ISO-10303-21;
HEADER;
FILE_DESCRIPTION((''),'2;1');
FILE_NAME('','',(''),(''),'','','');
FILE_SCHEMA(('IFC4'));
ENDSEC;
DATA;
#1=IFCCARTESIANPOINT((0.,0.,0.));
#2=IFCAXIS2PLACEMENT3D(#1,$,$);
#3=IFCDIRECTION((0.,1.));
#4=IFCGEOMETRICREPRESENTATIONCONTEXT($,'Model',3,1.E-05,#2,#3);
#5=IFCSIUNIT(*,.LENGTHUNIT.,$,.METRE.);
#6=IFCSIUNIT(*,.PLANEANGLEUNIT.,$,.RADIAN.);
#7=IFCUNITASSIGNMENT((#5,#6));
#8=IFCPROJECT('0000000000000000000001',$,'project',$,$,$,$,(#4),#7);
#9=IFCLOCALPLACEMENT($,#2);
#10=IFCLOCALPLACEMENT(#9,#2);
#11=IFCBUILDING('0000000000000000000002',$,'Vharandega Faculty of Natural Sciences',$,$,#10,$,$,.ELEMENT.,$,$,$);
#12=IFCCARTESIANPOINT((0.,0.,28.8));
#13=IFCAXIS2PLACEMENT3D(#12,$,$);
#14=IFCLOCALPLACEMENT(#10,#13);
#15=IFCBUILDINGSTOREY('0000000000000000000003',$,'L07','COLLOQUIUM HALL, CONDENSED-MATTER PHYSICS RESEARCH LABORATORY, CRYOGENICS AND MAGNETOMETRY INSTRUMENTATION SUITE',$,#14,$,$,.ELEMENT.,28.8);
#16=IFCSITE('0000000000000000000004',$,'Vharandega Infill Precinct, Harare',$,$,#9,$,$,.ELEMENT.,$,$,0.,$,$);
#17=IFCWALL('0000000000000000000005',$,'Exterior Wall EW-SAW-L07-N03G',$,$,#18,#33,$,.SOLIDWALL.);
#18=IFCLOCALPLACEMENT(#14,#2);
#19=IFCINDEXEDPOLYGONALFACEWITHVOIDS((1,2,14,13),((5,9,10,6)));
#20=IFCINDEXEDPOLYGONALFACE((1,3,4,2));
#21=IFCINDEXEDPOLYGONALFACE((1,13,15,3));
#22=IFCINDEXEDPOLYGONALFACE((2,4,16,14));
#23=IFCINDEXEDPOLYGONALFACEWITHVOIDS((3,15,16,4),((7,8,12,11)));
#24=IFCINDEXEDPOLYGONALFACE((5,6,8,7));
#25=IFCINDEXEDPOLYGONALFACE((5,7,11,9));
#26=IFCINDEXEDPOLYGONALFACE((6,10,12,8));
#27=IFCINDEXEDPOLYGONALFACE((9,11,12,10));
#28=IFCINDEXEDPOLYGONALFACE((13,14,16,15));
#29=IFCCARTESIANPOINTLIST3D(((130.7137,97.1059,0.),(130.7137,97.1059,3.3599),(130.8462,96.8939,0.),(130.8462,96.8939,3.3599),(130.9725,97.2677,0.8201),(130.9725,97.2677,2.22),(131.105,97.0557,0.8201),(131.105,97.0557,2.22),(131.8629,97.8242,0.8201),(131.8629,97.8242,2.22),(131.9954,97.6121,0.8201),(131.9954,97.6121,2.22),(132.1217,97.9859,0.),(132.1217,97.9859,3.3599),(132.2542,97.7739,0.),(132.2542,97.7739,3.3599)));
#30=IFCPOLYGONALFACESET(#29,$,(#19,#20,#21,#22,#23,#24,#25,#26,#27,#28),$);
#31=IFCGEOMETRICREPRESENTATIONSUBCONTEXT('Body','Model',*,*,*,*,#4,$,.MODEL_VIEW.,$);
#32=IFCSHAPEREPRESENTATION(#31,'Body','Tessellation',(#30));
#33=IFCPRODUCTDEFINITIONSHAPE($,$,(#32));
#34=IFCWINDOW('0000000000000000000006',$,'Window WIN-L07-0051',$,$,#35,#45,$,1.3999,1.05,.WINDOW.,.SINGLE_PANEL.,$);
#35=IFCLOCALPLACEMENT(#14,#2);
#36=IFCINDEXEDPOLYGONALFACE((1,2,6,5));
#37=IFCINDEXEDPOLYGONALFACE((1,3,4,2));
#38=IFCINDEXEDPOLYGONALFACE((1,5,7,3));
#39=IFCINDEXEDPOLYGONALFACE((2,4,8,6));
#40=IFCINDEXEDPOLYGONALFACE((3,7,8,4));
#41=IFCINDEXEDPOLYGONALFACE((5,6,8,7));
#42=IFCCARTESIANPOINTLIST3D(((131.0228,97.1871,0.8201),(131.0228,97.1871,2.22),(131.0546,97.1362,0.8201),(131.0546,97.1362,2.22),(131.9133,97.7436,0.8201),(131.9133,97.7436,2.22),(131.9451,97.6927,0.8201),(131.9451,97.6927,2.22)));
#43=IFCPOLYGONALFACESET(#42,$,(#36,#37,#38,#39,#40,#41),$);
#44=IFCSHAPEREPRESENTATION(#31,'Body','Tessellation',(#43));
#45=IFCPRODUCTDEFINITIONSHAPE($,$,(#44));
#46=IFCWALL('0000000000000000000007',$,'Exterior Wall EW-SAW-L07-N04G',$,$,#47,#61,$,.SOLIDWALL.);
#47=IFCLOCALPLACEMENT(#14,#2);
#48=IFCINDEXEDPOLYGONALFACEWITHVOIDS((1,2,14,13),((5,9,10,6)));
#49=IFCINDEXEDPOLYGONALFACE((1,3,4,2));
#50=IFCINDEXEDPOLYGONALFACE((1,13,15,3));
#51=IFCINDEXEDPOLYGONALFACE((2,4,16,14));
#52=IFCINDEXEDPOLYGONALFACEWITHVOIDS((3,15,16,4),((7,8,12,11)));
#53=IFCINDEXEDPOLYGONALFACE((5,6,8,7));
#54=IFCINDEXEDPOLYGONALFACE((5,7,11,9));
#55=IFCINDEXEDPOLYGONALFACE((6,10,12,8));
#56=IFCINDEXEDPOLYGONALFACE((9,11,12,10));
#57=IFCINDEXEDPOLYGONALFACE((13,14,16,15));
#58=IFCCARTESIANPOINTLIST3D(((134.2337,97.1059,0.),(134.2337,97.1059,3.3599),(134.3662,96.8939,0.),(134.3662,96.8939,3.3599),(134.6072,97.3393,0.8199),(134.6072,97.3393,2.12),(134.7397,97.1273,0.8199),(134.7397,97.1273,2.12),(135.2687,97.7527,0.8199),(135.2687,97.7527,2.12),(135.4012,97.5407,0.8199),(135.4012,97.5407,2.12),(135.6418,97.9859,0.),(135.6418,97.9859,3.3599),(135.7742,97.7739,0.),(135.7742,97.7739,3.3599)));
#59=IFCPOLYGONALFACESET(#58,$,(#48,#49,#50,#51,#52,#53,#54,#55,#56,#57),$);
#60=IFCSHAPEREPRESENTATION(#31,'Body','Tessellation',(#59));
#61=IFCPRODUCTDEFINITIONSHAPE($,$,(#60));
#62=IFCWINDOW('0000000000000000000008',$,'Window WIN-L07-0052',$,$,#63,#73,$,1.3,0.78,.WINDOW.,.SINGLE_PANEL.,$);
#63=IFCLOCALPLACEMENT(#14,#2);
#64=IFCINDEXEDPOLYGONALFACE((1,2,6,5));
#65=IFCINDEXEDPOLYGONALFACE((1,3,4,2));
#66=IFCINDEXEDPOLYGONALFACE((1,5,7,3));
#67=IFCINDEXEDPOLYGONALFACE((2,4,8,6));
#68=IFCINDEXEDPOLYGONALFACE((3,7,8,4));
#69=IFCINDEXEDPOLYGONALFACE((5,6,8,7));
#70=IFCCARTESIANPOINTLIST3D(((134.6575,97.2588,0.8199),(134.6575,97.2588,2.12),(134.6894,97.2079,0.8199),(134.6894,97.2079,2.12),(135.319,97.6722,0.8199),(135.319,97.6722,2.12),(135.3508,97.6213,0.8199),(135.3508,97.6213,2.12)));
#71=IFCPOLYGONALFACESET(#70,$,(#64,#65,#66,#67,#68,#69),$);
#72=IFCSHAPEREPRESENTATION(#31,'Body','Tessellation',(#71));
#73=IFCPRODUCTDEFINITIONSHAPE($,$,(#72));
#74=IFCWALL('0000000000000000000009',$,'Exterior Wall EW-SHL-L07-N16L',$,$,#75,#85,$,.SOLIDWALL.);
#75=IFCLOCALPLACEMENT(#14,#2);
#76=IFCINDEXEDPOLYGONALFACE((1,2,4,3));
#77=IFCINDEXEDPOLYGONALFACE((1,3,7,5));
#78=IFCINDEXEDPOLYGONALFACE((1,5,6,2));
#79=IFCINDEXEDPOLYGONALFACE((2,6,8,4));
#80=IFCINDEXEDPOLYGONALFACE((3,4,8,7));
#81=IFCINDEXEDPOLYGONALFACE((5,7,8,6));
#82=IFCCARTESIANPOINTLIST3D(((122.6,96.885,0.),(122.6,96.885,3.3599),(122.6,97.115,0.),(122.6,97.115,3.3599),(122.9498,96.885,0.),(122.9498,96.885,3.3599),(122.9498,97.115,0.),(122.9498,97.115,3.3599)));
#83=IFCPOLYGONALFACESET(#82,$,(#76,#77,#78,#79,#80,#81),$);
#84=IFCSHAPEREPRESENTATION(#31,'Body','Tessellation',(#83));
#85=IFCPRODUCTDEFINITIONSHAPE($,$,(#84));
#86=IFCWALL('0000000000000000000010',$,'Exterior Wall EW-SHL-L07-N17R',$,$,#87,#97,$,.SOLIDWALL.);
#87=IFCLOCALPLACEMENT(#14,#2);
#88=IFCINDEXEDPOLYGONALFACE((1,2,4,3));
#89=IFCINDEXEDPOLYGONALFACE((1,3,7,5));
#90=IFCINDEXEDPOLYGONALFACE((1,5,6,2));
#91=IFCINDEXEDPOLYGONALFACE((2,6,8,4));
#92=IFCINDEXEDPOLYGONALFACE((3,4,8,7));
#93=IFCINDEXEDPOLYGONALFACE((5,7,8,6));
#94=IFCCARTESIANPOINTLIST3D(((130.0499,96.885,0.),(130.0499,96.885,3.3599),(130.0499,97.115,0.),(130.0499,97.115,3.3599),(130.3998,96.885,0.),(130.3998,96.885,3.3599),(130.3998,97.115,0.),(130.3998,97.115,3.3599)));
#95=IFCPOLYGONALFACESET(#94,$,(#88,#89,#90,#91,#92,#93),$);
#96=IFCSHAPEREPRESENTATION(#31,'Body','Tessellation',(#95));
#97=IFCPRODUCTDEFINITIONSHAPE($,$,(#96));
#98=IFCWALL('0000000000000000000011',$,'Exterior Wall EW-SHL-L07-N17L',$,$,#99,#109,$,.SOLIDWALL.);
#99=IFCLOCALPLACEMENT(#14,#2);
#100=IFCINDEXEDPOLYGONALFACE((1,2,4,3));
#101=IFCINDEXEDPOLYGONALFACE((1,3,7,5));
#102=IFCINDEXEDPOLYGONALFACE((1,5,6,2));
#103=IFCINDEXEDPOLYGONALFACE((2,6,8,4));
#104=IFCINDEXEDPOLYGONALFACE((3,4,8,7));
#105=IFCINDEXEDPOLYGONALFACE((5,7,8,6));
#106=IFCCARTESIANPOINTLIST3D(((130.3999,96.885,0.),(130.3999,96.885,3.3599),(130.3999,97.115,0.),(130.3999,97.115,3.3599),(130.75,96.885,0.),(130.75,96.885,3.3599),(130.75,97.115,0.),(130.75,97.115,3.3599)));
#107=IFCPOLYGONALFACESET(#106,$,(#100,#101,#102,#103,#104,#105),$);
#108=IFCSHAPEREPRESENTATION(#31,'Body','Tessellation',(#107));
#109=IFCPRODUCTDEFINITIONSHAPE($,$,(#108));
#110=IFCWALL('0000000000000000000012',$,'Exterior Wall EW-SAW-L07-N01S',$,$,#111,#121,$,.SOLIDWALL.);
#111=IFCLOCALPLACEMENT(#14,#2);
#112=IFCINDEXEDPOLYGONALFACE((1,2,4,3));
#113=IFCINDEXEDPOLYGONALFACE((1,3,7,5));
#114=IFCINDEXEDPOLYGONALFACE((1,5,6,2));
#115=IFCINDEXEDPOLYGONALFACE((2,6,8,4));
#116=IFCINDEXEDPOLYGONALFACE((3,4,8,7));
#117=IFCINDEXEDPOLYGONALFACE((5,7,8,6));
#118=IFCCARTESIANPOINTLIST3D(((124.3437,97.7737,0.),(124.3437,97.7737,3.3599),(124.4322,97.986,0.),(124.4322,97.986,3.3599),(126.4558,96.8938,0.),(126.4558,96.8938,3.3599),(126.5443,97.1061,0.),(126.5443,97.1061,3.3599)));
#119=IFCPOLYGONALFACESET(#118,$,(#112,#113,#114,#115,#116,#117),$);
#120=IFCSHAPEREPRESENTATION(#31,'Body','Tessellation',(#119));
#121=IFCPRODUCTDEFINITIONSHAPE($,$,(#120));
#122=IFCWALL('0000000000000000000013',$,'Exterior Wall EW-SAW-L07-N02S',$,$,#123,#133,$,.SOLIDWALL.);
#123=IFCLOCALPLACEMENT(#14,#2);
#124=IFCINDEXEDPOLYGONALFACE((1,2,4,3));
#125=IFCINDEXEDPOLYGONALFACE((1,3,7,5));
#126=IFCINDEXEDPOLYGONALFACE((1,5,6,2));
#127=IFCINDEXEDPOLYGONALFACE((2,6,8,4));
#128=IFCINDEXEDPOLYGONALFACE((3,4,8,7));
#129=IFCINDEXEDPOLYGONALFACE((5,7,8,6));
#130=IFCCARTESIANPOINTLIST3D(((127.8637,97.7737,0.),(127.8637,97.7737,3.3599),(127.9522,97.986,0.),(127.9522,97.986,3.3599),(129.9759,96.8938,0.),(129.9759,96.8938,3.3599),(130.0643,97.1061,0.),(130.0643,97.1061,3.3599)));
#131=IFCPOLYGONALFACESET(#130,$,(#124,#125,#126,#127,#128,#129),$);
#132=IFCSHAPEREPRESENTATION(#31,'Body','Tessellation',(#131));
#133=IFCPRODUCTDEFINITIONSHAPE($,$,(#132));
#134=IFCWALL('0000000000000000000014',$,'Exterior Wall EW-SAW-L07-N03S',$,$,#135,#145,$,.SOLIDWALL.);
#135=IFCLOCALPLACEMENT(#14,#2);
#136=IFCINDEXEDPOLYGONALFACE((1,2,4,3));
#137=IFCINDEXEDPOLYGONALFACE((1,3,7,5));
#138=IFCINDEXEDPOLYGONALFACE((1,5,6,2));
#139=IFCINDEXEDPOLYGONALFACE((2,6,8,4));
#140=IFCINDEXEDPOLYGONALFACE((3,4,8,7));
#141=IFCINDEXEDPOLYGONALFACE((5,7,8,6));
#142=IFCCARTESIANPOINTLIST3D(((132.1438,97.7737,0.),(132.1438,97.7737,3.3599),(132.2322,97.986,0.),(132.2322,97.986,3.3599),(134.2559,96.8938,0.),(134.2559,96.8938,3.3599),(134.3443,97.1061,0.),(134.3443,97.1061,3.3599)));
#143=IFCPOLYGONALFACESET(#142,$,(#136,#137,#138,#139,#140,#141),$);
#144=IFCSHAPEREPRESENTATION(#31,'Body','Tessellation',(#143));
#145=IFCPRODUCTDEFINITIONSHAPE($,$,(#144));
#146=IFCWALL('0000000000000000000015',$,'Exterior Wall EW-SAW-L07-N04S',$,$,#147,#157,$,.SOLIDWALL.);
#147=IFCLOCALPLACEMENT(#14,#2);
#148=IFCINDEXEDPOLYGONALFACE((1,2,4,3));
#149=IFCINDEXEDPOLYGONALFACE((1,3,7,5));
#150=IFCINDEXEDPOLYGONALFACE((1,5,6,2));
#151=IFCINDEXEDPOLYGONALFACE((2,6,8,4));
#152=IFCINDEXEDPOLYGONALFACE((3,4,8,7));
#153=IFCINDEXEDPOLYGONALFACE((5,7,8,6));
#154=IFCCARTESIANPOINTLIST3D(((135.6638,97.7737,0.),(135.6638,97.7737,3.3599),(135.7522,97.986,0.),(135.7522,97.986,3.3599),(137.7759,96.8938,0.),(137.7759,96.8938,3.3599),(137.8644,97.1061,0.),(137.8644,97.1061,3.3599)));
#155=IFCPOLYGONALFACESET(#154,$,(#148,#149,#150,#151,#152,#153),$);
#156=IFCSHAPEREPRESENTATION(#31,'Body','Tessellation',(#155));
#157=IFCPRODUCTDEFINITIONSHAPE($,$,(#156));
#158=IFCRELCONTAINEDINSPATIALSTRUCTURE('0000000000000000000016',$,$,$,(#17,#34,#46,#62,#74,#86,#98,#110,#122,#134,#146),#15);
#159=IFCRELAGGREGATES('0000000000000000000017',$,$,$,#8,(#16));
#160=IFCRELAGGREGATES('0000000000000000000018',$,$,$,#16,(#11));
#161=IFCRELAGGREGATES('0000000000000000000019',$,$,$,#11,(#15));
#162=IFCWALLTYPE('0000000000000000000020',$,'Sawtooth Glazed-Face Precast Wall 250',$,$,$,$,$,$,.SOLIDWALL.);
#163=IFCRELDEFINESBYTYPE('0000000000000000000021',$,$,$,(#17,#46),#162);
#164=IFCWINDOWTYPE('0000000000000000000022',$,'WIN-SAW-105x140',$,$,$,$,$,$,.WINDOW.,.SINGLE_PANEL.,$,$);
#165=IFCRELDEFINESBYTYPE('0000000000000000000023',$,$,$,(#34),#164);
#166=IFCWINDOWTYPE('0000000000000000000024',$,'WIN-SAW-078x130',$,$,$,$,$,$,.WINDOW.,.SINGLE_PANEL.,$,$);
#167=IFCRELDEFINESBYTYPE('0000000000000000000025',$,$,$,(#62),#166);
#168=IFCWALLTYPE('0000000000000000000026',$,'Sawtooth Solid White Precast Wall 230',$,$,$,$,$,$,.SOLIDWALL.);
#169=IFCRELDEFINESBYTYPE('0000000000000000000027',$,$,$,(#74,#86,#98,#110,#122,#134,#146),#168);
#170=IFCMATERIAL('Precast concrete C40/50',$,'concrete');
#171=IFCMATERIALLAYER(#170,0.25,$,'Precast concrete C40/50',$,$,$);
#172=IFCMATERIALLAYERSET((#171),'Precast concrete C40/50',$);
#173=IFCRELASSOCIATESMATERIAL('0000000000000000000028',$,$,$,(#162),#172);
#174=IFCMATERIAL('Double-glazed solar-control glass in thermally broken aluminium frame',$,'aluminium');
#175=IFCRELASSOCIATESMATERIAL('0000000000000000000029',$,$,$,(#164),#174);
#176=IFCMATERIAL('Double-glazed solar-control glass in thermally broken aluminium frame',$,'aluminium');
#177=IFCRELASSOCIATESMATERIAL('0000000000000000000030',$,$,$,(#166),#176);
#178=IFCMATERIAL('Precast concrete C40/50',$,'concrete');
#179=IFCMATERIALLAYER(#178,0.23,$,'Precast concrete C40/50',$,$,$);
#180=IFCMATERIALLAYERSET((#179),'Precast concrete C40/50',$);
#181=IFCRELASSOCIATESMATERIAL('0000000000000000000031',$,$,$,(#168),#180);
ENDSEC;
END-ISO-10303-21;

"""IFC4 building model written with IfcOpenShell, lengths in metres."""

from ifc_helpers import new_model, si_unit, direction, frame, frame_2d, origin, place, context, subcontext, project, spatial, rectangle, extrude, material, layer, layer_set, type_object, element, fill, save


model = new_model("IFC4")

# Units and contexts
model_context = context("Model", 3, precision=1e-05, world=origin(), true_north=direction((0.0, 1.0)))
body_context = subcontext(model_context, "Body", "Model", "MODEL_VIEW")
ifc_project = project(units=[si_unit("LENGTHUNIT", "METRE"), si_unit("PLANEANGLEUNIT", "RADIAN")], contexts=[model_context])

# Site, building, storey
site_placement = place(None, origin())
site = spatial("IfcSite", under=ifc_project, at=site_placement, Name="Vharandega Infill Precinct, Harare", CompositionType="ELEMENT", RefElevation=0.0)
building_placement = place(site_placement, origin())
building = spatial("IfcBuilding", under=site, at=building_placement, Name="Vharandega Faculty of Natural Sciences", CompositionType="ELEMENT")
storey_placement = place(building_placement, frame((0.0, 0.0, 28.8)))
storey = spatial("IfcBuildingStorey", under=building, at=storey_placement, Name="L07", Description="COLLOQUIUM HALL, CONDENSED-MATTER PHYSICS RESEARCH LABORATORY, CRYOGENICS AND MAGNETOMETRY INSTRUMENTATION SUITE", CompositionType="ELEMENT", Elevation=28.8)

# Walls, openings, windows
ifc_material_1 = material(Name="Precast concrete C40/50", Category="concrete")
ifc_layer_1 = layer(ifc_material_1, 0.25, Name="Precast concrete C40/50")
ifc_layer_set_1 = layer_set([ifc_layer_1], Name="Precast concrete C40/50")
wall_type_1 = type_object("IfcWallType", Name="Sawtooth Glazed-Face Precast Wall 250", PredefinedType="SOLIDWALL", material=ifc_layer_set_1)
wall_1_placement = place(storey_placement, frame((130.78, 97.0, 0.0), z_axis=(0.0, 0.0, 1.0), x_axis=(0.848023, 0.529959, 0.0)))
wall_1 = element("IfcWall", 1, at=wall_1_placement, inside=storey, type_object=wall_type_1, Name="Exterior Wall EW-SAW-L07-N03G", PredefinedType="SOLIDWALL", context=body_context, shape_type="SweptSolid", body=[
    extrude(rectangle(XDim=1.6604, YDim=0.25, at=frame_2d((0.8301, 0.0))), origin(), (0.0, 0.0, 1.0), 3.3599),
])
opening_1_placement = place(wall_1_placement, frame((0.3052, 0.0, 0.8201)))
opening_1 = element("IfcOpeningElement", 2, at=opening_1_placement, cuts=wall_1, PredefinedType="OPENING", context=body_context, shape_type="SweptSolid", body=[
    extrude(rectangle(XDim=1.05, YDim=1.3999, at=frame_2d((0.5249, 0.7))), frame((0.0, 0.135, 0.0), z_axis=(0.0, -1.0, 0.0), x_axis=(1.0, 0.0, 0.0)), (0.0, 0.0, 1.0), 0.27),
])
ifc_material_2 = material(Name="Double-glazed solar-control glass in thermally broken aluminium frame", Category="aluminium")
window_type_1 = type_object("IfcWindowType", Name="WIN-SAW-105x140", PartitioningType="SINGLE_PANEL", PredefinedType="WINDOW", material=ifc_material_2)
window_1_placement = place(opening_1_placement, origin())
window_1 = element("IfcWindow", 3, at=window_1_placement, inside=storey, type_object=window_type_1, Name="Window WIN-L07-0051", OverallHeight=1.3999, OverallWidth=1.05, PartitioningType="SINGLE_PANEL", PredefinedType="WINDOW", context=body_context, shape_type="SweptSolid", body=[
    extrude(rectangle(XDim=1.05, YDim=1.3999, at=frame_2d((0.5249, 0.7))), frame((0.0, 0.03, 0.0), z_axis=(0.0, -1.0, 0.0), x_axis=(1.0, 0.0, 0.0)), (0.0, 0.0, 1.0), 0.0601),
])
fill(opening_1, window_1)
wall_2_placement = place(storey_placement, frame((134.3, 97.0, 0.0), z_axis=(0.0, 0.0, 1.0), x_axis=(0.848023, 0.529959, 0.0)))
wall_2 = element("IfcWall", 4, at=wall_2_placement, inside=storey, type_object=wall_type_1, Name="Exterior Wall EW-SAW-L07-N04G", PredefinedType="SOLIDWALL", context=body_context, shape_type="SweptSolid", body=[
    extrude(rectangle(XDim=1.6604, YDim=0.25, at=frame_2d((0.8301, 0.0))), origin(), (0.0, 0.0, 1.0), 3.3599),
])
opening_2_placement = place(wall_2_placement, frame((0.4402, 0.0, 0.8201)))
opening_2 = element("IfcOpeningElement", 5, at=opening_2_placement, cuts=wall_2, PredefinedType="OPENING", context=body_context, shape_type="SweptSolid", body=[
    extrude(rectangle(XDim=0.78, YDim=1.3, at=frame_2d((0.3901, 0.6499))), frame((0.0, 0.135, 0.0), z_axis=(0.0, -1.0, 0.0), x_axis=(1.0, 0.0, 0.0)), (0.0, 0.0, 1.0), 0.27),
])
ifc_material_3 = material(Name="Double-glazed solar-control glass in thermally broken aluminium frame", Category="aluminium")
window_type_2 = type_object("IfcWindowType", Name="WIN-SAW-078x130", PartitioningType="SINGLE_PANEL", PredefinedType="WINDOW", material=ifc_material_3)
window_2_placement = place(opening_2_placement, origin())
window_2 = element("IfcWindow", 6, at=window_2_placement, inside=storey, type_object=window_type_2, Name="Window WIN-L07-0052", OverallHeight=1.3, OverallWidth=0.78, PartitioningType="SINGLE_PANEL", PredefinedType="WINDOW", context=body_context, shape_type="SweptSolid", body=[
    extrude(rectangle(XDim=0.78, YDim=1.3, at=frame_2d((0.3901, 0.6499))), frame((0.0, 0.03, 0.0), z_axis=(0.0, -1.0, 0.0), x_axis=(1.0, 0.0, 0.0)), (0.0, 0.0, 1.0), 0.0601),
])
fill(opening_2, window_2)

# Walls
ifc_material_4 = material(Name="Precast concrete C40/50", Category="concrete")
ifc_layer_2 = layer(ifc_material_4, 0.23, Name="Precast concrete C40/50")
ifc_layer_set_2 = layer_set([ifc_layer_2], Name="Precast concrete C40/50")
wall_type_2 = type_object("IfcWallType", Name="Sawtooth Solid White Precast Wall 230", PredefinedType="SOLIDWALL", material=ifc_layer_set_2)
for number, where, z_axis, x_axis, name in (
    (7, (122.6001, 97.0, 0.0), (0.0, 0.0, 1.0), (1.0, 0.0, 0.0), "Exterior Wall EW-SHL-L07-N16L"),
    (8, (130.05, 97.0, 0.0), (0.0, 0.0, 1.0), (1.0, 0.0, 0.0), "Exterior Wall EW-SHL-L07-N17R"),
):
    element("IfcWall", number, at=place(storey_placement, frame(where, z_axis=z_axis, x_axis=x_axis)), inside=storey, type_object=wall_type_2, Name=name, PredefinedType="SOLIDWALL", context=body_context, shape_type="SweptSolid", body=[
        extrude(rectangle(XDim=0.3499, YDim=0.23, at=frame_2d((0.1748, 0.0))), origin(), (0.0, 0.0, 1.0), 3.3599),
    ])
wall_3_placement = place(storey_placement, frame((130.3999, 97.0, 0.0), z_axis=(0.0, 0.0, 1.0), x_axis=(1.0, 0.0, 0.0)))
element("IfcWall", 9, at=wall_3_placement, inside=storey, type_object=wall_type_2, Name="Exterior Wall EW-SHL-L07-N17L", PredefinedType="SOLIDWALL", context=body_context, shape_type="SweptSolid", body=[
    extrude(rectangle(XDim=0.3501, YDim=0.23, at=frame_2d((0.175, 0.0))), origin(), (0.0, 0.0, 1.0), 3.3599),
])
for number, where, z_axis, x_axis, name in (
    (10, (124.3879, 97.8799, 0.0), (0.0, 0.0, 1.0), (0.923099, -0.384562, 0.0), "Exterior Wall EW-SAW-L07-N01S"),
    (11, (127.908, 97.8799, 0.0), (0.0, 0.0, 1.0), (0.923099, -0.384562, 0.0), "Exterior Wall EW-SAW-L07-N02S"),
    (12, (132.188, 97.8799, 0.0), (0.0, 0.0, 1.0), (0.923099, -0.384562, 0.0), "Exterior Wall EW-SAW-L07-N03S"),
    (13, (135.708, 97.8799, 0.0), (0.0, 0.0, 1.0), (0.923099, -0.384562, 0.0), "Exterior Wall EW-SAW-L07-N04S"),
):
    element("IfcWall", number, at=place(storey_placement, frame(where, z_axis=z_axis, x_axis=x_axis)), inside=storey, type_object=wall_type_2, Name=name, PredefinedType="SOLIDWALL", context=body_context, shape_type="SweptSolid", body=[
        extrude(rectangle(XDim=2.2881, YDim=0.23, at=frame_2d((1.144, 0.0))), origin(), (0.0, 0.0, 1.0), 3.3599),
    ])

save(model, "model.ifc")
